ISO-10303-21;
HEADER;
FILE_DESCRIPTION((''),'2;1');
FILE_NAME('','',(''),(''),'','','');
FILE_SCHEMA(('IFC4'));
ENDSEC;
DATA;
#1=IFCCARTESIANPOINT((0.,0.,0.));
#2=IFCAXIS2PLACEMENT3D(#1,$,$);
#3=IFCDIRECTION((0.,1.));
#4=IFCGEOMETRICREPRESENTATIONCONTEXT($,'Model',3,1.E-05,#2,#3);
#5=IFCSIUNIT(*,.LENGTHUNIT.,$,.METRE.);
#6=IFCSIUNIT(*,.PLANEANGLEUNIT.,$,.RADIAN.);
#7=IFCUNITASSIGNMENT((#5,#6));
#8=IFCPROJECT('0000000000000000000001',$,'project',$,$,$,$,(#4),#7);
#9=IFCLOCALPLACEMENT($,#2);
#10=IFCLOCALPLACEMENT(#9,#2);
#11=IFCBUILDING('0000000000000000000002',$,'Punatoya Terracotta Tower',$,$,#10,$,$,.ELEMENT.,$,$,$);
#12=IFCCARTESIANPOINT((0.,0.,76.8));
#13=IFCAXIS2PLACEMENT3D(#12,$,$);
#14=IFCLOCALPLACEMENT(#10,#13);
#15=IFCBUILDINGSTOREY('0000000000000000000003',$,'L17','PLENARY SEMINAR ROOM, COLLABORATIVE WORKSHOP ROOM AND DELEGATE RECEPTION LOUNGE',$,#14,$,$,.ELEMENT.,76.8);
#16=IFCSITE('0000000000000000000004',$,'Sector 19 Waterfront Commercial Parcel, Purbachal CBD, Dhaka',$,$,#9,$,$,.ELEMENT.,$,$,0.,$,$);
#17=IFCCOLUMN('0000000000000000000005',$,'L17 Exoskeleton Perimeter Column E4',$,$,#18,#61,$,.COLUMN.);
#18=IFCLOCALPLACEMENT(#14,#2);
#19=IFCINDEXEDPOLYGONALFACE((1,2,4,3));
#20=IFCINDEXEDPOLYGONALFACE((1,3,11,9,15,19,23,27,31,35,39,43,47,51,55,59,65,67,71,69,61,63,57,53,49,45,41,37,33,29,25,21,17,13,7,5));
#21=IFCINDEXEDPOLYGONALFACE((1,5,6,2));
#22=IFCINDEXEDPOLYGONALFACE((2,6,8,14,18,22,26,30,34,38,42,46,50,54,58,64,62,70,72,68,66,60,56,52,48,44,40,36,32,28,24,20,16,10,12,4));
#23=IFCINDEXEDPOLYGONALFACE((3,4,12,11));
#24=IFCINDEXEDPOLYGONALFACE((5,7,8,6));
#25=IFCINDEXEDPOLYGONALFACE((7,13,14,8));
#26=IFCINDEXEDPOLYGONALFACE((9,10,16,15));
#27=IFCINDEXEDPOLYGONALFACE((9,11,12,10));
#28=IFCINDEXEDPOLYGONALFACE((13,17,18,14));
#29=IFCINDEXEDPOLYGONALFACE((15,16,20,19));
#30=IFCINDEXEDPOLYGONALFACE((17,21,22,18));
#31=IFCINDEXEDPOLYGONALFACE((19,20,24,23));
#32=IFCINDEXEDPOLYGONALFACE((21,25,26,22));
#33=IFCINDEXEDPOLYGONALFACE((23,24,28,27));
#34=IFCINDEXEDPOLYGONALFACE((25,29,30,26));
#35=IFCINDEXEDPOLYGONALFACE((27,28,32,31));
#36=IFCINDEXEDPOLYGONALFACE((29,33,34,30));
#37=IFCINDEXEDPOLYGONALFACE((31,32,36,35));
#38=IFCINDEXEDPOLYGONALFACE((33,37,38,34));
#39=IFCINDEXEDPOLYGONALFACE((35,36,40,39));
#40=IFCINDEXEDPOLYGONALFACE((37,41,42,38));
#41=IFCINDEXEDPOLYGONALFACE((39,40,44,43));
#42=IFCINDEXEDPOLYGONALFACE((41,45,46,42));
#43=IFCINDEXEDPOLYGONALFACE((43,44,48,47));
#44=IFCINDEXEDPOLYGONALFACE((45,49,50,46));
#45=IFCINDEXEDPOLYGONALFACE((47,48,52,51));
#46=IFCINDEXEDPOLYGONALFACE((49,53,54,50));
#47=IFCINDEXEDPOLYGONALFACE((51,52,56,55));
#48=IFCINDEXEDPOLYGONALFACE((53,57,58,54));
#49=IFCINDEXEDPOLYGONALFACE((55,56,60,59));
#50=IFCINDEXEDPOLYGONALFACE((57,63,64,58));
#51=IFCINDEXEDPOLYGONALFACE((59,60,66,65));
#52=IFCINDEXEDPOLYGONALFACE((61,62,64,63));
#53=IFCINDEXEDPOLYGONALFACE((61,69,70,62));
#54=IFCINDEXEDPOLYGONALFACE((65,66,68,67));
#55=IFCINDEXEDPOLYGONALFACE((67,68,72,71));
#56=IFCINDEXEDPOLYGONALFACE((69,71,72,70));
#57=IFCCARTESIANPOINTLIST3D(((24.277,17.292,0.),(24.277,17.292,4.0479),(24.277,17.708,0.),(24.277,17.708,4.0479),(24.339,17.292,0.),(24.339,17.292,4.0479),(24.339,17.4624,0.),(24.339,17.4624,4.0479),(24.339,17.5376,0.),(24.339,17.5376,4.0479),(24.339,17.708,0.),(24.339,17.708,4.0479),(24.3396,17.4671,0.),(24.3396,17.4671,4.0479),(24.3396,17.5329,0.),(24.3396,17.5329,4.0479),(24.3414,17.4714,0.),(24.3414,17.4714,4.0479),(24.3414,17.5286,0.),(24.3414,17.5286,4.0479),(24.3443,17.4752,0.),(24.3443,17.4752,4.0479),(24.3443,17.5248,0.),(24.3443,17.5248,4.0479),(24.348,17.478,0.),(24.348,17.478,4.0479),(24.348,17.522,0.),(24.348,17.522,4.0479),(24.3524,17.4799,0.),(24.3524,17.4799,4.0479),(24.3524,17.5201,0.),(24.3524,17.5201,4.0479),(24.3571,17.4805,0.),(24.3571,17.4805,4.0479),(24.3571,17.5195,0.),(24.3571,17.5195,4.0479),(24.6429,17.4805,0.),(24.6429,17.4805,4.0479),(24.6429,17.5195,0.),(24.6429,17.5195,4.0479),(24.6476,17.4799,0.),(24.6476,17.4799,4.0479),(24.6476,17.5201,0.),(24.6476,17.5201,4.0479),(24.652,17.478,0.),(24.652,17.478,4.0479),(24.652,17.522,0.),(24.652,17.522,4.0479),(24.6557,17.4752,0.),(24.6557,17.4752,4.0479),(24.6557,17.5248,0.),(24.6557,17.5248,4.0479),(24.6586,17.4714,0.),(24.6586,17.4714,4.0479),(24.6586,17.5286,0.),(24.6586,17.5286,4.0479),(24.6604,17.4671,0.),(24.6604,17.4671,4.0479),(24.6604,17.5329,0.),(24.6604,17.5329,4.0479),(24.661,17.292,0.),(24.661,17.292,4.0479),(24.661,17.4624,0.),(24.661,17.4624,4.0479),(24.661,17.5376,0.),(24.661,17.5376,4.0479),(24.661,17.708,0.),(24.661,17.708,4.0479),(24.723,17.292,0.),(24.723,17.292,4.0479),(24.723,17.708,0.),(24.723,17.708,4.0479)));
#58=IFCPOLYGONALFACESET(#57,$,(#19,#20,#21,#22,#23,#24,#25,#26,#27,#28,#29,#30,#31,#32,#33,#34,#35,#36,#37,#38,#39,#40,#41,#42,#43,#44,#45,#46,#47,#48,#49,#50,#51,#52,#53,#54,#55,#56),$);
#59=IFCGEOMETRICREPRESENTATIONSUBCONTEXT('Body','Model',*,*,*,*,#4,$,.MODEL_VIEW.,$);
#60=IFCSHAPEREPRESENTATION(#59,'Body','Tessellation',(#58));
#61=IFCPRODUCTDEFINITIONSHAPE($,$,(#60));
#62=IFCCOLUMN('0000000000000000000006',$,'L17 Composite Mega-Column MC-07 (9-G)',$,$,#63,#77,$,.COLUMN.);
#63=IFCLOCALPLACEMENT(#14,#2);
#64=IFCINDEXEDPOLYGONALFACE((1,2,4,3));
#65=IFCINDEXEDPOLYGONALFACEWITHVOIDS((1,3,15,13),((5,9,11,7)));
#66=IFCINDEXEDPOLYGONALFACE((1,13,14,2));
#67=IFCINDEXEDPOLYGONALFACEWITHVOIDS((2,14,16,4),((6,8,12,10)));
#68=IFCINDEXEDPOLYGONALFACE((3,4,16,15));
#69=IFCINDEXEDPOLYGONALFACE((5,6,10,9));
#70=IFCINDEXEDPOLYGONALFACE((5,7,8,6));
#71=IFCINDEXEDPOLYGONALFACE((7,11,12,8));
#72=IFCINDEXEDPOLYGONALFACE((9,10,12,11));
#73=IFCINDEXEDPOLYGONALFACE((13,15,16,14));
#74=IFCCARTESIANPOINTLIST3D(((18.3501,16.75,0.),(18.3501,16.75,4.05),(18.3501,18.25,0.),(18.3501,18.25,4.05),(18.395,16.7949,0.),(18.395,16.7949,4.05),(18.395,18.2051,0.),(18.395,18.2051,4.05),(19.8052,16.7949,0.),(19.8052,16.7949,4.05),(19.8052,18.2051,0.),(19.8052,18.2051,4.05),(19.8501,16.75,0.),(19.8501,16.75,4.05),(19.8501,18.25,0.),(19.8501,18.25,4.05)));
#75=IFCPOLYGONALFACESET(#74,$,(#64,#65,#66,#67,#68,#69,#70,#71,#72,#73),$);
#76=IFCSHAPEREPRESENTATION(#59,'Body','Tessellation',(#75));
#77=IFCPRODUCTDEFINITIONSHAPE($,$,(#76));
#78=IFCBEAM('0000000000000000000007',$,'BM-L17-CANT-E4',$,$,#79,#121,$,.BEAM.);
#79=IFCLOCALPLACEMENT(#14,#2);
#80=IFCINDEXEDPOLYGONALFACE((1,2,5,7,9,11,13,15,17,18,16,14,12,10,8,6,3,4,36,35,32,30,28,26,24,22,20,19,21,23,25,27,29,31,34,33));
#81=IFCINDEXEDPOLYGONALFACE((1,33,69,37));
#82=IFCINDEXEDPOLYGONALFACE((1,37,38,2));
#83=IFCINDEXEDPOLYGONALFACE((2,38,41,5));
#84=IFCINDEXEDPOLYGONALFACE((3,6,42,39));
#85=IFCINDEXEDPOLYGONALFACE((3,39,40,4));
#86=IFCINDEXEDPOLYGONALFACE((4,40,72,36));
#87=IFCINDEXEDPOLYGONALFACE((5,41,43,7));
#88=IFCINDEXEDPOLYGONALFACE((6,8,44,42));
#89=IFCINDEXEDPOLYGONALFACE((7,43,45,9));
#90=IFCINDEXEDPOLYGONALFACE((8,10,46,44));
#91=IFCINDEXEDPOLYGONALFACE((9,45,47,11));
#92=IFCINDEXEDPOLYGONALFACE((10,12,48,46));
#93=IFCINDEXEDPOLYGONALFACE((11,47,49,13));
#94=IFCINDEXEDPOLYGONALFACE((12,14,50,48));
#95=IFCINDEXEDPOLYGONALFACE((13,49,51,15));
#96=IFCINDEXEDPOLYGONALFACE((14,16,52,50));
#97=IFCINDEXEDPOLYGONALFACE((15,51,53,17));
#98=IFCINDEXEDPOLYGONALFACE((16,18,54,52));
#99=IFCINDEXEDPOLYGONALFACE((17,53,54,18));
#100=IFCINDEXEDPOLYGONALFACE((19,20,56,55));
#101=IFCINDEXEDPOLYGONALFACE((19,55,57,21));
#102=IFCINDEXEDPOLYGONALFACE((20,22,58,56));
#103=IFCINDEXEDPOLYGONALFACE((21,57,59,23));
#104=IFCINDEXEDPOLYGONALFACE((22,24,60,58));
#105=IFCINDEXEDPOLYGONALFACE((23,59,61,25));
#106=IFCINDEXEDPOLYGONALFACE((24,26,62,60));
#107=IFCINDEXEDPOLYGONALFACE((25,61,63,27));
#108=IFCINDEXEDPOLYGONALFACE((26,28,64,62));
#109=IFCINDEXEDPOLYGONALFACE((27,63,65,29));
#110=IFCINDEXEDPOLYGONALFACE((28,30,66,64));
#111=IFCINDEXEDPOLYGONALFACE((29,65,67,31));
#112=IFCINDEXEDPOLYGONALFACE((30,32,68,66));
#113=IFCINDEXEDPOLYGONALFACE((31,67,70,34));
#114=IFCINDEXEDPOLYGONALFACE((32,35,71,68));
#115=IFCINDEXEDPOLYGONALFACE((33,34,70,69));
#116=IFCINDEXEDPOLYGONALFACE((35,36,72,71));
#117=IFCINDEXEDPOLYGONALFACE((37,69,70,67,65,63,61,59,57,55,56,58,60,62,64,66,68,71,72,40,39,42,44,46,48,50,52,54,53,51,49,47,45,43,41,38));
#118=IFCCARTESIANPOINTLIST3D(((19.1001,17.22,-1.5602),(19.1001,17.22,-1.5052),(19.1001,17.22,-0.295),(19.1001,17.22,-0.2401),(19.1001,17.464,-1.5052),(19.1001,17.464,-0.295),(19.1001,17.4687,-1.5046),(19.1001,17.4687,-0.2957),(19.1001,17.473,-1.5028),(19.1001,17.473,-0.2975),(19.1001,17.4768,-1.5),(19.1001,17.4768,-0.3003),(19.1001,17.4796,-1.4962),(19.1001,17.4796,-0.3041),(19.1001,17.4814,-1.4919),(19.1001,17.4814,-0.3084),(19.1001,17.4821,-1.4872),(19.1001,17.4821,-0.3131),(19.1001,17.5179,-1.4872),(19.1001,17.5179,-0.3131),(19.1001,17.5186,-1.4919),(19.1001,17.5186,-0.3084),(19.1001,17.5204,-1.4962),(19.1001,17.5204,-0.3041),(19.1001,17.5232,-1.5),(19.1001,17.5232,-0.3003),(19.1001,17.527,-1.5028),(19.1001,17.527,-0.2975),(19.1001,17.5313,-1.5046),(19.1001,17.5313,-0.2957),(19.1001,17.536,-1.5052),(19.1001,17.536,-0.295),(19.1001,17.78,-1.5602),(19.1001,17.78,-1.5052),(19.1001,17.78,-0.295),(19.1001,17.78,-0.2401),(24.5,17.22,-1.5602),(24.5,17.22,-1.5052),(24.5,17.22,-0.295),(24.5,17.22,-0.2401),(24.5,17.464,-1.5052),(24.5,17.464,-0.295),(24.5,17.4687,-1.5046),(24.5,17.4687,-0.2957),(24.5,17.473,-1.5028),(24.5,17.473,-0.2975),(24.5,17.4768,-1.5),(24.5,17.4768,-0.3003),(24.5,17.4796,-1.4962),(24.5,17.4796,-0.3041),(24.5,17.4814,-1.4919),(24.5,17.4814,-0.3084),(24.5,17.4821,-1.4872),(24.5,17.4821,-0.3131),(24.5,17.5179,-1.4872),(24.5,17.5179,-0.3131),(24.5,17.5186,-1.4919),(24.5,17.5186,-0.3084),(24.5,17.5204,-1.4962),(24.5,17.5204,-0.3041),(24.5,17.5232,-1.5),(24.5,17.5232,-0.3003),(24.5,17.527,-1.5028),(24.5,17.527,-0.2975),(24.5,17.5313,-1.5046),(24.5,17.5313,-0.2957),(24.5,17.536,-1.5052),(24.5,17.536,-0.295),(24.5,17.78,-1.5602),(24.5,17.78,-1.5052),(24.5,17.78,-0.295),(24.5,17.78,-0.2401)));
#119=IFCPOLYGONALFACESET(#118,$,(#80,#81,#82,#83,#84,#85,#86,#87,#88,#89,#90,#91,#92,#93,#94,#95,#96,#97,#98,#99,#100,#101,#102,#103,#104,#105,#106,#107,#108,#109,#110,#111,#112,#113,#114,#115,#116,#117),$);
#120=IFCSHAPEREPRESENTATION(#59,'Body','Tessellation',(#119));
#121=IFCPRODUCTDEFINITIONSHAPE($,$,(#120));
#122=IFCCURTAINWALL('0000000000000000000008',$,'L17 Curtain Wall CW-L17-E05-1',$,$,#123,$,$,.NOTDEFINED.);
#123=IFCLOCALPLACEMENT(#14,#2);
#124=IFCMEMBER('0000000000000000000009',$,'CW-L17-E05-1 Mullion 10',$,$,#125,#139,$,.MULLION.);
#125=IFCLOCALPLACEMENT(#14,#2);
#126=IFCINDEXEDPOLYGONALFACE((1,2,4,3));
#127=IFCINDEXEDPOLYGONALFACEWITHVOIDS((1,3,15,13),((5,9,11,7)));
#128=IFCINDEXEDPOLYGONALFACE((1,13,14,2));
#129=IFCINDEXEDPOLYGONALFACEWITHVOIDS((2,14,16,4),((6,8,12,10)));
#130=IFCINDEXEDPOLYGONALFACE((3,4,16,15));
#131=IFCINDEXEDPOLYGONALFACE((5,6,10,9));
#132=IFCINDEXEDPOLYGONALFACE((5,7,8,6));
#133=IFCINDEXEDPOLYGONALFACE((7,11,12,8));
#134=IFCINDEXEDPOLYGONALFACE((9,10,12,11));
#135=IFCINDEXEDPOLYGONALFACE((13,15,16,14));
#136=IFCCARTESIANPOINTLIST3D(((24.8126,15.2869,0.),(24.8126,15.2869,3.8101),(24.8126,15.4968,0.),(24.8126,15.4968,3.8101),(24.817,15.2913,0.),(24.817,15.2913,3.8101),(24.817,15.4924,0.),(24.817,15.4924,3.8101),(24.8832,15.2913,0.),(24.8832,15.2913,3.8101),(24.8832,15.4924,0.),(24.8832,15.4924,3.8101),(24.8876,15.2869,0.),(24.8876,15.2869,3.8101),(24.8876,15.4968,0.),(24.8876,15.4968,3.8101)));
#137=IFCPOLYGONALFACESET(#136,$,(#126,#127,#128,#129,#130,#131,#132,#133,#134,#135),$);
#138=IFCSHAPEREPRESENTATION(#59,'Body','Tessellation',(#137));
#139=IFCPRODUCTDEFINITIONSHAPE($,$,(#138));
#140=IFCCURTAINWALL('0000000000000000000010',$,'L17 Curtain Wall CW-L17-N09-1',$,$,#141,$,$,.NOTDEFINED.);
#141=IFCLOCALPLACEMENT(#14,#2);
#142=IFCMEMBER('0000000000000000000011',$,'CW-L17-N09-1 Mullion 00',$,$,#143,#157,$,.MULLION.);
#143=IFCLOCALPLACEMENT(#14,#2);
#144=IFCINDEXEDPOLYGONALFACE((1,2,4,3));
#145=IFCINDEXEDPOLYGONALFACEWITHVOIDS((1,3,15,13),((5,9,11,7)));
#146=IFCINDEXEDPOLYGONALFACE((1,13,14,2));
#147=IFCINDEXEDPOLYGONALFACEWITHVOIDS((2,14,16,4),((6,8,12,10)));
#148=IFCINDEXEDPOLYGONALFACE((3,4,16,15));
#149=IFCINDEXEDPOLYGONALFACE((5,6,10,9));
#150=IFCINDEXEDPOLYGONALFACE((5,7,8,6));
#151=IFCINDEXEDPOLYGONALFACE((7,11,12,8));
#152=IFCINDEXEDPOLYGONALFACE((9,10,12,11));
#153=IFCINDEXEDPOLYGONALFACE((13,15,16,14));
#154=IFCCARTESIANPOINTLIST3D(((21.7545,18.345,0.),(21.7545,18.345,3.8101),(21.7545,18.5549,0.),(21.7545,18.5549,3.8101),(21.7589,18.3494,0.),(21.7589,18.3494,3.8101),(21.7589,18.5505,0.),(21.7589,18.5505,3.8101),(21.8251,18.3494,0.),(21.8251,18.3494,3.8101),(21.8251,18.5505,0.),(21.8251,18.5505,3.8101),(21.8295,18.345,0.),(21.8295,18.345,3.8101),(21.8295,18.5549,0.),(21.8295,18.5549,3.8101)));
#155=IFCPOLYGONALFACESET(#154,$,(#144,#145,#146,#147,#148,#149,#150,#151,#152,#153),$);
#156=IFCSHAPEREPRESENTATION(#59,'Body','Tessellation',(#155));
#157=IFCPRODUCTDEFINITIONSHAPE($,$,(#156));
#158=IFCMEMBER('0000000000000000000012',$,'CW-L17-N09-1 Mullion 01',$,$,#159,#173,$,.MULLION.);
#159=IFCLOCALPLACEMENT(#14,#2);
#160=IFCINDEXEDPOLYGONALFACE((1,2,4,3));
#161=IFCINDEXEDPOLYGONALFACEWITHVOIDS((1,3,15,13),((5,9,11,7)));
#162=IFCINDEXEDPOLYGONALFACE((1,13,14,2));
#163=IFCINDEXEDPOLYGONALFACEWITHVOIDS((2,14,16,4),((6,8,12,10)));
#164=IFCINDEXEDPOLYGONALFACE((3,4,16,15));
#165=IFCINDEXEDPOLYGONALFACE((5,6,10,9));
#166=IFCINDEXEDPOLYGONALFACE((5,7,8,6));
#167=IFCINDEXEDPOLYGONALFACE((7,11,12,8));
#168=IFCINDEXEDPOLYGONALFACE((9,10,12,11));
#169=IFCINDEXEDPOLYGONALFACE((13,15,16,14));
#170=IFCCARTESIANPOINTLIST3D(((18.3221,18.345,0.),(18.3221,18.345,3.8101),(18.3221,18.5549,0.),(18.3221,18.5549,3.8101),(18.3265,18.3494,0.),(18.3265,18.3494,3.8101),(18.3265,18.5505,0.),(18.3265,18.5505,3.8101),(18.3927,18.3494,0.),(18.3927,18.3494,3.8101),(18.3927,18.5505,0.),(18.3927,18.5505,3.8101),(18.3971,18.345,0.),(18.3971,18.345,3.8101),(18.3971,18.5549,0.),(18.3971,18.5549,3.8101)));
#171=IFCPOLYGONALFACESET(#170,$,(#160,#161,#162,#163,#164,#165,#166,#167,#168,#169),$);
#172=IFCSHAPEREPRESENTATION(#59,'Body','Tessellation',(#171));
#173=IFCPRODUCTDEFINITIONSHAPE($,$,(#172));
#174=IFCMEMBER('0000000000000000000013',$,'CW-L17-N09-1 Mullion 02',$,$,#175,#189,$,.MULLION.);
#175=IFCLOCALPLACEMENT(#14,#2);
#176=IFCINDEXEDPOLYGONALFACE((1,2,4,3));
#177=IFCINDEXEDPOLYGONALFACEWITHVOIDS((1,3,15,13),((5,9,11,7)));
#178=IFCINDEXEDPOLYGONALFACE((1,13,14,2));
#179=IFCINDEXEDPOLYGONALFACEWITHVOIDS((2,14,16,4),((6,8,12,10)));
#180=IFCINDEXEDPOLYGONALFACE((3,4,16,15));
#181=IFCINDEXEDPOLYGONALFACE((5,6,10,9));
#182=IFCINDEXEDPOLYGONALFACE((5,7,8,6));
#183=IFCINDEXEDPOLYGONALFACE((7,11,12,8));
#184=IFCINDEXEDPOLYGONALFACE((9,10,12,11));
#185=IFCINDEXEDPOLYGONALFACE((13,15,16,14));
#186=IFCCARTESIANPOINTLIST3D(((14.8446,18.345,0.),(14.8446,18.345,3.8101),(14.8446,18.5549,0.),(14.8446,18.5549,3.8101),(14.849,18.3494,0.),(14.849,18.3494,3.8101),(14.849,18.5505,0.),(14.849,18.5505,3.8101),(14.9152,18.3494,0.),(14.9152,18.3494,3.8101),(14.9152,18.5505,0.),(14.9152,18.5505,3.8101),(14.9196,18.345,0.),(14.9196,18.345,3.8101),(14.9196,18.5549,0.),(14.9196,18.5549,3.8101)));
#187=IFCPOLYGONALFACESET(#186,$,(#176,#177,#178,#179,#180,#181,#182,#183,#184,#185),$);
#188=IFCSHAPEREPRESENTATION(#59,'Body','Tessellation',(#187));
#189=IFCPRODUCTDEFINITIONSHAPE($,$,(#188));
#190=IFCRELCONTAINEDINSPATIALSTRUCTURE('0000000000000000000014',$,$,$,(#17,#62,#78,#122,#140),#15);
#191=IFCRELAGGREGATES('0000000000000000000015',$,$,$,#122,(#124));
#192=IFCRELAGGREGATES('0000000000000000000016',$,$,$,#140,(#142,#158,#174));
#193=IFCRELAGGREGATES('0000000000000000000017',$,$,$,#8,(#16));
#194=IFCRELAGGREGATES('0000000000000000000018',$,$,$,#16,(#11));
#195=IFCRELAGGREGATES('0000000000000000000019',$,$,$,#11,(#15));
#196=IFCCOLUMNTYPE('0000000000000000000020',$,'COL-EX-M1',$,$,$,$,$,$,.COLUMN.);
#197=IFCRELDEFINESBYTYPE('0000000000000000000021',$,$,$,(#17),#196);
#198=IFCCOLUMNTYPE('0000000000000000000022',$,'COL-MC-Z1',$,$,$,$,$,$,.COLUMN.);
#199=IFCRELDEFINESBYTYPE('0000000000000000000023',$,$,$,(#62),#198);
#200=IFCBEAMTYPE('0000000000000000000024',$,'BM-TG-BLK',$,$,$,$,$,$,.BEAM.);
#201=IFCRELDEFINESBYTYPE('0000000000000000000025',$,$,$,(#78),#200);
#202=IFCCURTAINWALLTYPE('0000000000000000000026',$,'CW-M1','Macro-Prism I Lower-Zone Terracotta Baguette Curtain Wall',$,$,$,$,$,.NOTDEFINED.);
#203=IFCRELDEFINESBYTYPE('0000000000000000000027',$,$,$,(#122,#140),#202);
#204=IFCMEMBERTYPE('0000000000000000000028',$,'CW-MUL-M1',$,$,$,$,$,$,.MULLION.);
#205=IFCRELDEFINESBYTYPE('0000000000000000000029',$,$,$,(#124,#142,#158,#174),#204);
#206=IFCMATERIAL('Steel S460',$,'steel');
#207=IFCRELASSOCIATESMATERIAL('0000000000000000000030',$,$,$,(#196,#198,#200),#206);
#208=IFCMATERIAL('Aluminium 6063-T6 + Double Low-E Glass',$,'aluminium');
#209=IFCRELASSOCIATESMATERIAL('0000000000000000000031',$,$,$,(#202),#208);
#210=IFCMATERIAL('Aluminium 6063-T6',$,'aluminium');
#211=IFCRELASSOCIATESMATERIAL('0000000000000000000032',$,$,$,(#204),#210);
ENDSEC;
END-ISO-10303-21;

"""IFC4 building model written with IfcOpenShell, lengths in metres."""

from ifc_helpers import new_model, si_unit, direction, frame, origin, origin_2d, place, context, subcontext, project, spatial, hollow_rectangle, i_section, extrude, material, material_profile, profile_set, type_object, element, aggregate, save


model = new_model("IFC4")

# Units and contexts
model_context = context("Model", 3, precision=1e-05, world=origin(), true_north=direction((0.0, 1.0)))
body_context = subcontext(model_context, "Body", "Model", "MODEL_VIEW")
ifc_project = project(units=[si_unit("LENGTHUNIT", "METRE"), si_unit("PLANEANGLEUNIT", "RADIAN")], contexts=[model_context])

# Site, building, storey
site_placement = place(None, origin())
site = spatial("IfcSite", under=ifc_project, at=site_placement, Name="Sector 19 Waterfront Commercial Parcel, Purbachal CBD, Dhaka", CompositionType="ELEMENT", RefElevation=0.0)
building_placement = place(site_placement, origin())
building = spatial("IfcBuilding", under=site, at=building_placement, Name="Punatoya Terracotta Tower", CompositionType="ELEMENT")
storey_placement = place(building_placement, frame((0.0, 0.0, 76.8)))
storey = spatial("IfcBuildingStorey", under=building, at=storey_placement, Name="L17", Description="PLENARY SEMINAR ROOM, COLLABORATIVE WORKSHOP ROOM AND DELEGATE RECEPTION LOUNGE", CompositionType="ELEMENT", Elevation=76.8)

# Columns
ifc_material_1 = material(Name="Steel S460", Category="steel")
ifc_material_profile_1 = material_profile(ifc_material_1, i_section(OverallWidth=0.416, OverallDepth=0.446, WebThickness=0.0391, FlangeThickness=0.062, FilletRadius=0.0181, at=origin_2d()))
ifc_profile_set_1 = profile_set([ifc_material_profile_1], Name="Steel S460")
column_type_1 = type_object("IfcColumnType", Name="COL-EX-M1", PredefinedType="COLUMN", material=ifc_profile_set_1)
column_1_placement = place(storey_placement, frame((24.5, 17.5, 0.0), z_axis=(0.0, 0.0, 1.0), x_axis=(0.0, 1.0, 0.0)))
element("IfcColumn", 1, at=column_1_placement, inside=storey, type_object=column_type_1, Name="L17 Exoskeleton Perimeter Column E4", PredefinedType="COLUMN", context=body_context, shape_type="SweptSolid", body=[
    extrude(i_section(OverallWidth=0.416, OverallDepth=0.446, WebThickness=0.0391, FlangeThickness=0.062, FilletRadius=0.0181, at=origin_2d()), origin(), (0.0, 0.0, 1.0), 4.0479),
])
ifc_material_profile_2 = material_profile(ifc_material_1, hollow_rectangle(XDim=1.5, YDim=1.5, WallThickness=0.0449, at=origin_2d()))
ifc_profile_set_2 = profile_set([ifc_material_profile_2], Name="Steel S460")
column_type_2 = type_object("IfcColumnType", Name="COL-MC-Z1", PredefinedType="COLUMN", material=ifc_profile_set_2)
column_2_placement = place(storey_placement, frame((19.1001, 17.5, 0.0), z_axis=(0.0, 0.0, 1.0), x_axis=(1.0, 0.0, 0.0)))
element("IfcColumn", 2, at=column_2_placement, inside=storey, type_object=column_type_2, Name="L17 Composite Mega-Column MC-07 (9-G)", PredefinedType="COLUMN", context=body_context, shape_type="SweptSolid", body=[
    extrude(hollow_rectangle(XDim=1.5, YDim=1.5, WallThickness=0.0449, at=origin_2d()), origin(), (0.0, 0.0, 1.0), 4.05),
])

# Beam
ifc_material_profile_3 = material_profile(ifc_material_1, i_section(OverallWidth=0.5601, OverallDepth=1.3201, WebThickness=0.0359, FlangeThickness=0.0549, FilletRadius=0.0181, at=origin_2d()))
ifc_profile_set_3 = profile_set([ifc_material_profile_3], Name="Steel S460")
beam_type = type_object("IfcBeamType", Name="BM-TG-BLK", PredefinedType="BEAM", material=ifc_profile_set_3)
beam_placement = place(storey_placement, frame((19.1001, 17.5, -0.9001), z_axis=(1.0, 0.0, 0.0), x_axis=(0.0, 1.0, 0.0)))
element("IfcBeam", 3, at=beam_placement, inside=storey, type_object=beam_type, Name="BM-L17-CANT-E4", PredefinedType="BEAM", context=body_context, shape_type="SweptSolid", body=[
    extrude(i_section(OverallWidth=0.5601, OverallDepth=1.3201, WebThickness=0.0359, FlangeThickness=0.0549, FilletRadius=0.0181, at=origin_2d()), origin(), (0.0, 0.0, 1.0), 5.3999),
])

# Curtain wall, member
ifc_material_2 = material(Name="Aluminium 6063-T6 + Double Low-E Glass", Category="aluminium")
curtain_wall_type = type_object("IfcCurtainWallType", Name="CW-M1", Description="Macro-Prism I Lower-Zone Terracotta Baguette Curtain Wall", PredefinedType="NOTDEFINED", material=ifc_material_2)
curtain_wall_1_placement = place(storey_placement, origin())
curtain_wall_1 = element("IfcCurtainWall", 4, at=curtain_wall_1_placement, inside=storey, type_object=curtain_wall_type, Name="L17 Curtain Wall CW-L17-E05-1", PredefinedType="NOTDEFINED")
ifc_material_3 = material(Name="Aluminium 6063-T6", Category="aluminium")
ifc_material_profile_4 = material_profile(ifc_material_3, hollow_rectangle(XDim=0.075, YDim=0.21, WallThickness=0.0044, at=origin_2d()))
ifc_profile_set_4 = profile_set([ifc_material_profile_4], Name="Aluminium 6063-T6")
member_type_1 = type_object("IfcMemberType", Name="CW-MUL-M1", PredefinedType="MULLION", material=ifc_profile_set_4)
member_1_placement = place(storey_placement, frame((24.8501, 15.3918, 0.0), z_axis=(0.0, 0.0, 1.0), x_axis=(1.0, 0.0, 0.0)))
member_1 = element("IfcMember", 5, at=member_1_placement, type_object=member_type_1, Name="CW-L17-E05-1 Mullion 10", PredefinedType="MULLION", context=body_context, shape_type="SweptSolid", body=[
    extrude(hollow_rectangle(XDim=0.075, YDim=0.21, WallThickness=0.0044, at=origin_2d()), origin(), (0.0, 0.0, 1.0), 3.8101),
])
aggregate(curtain_wall_1, [member_1])

# Curtain wall, members
curtain_wall_2_placement = place(storey_placement, origin())
curtain_wall_2 = element("IfcCurtainWall", 6, at=curtain_wall_2_placement, inside=storey, type_object=curtain_wall_type, Name="L17 Curtain Wall CW-L17-N09-1", PredefinedType="NOTDEFINED")
member_2_placement = place(storey_placement, frame((21.792, 18.45, 0.0), z_axis=(0.0, 0.0, 1.0), x_axis=(1.0, 0.0, 0.0)))
member_2 = element("IfcMember", 7, at=member_2_placement, type_object=member_type_1, Name="CW-L17-N09-1 Mullion 00", PredefinedType="MULLION", context=body_context, shape_type="SweptSolid", body=[
    extrude(hollow_rectangle(XDim=0.075, YDim=0.21, WallThickness=0.0044, at=origin_2d()), origin(), (0.0, 0.0, 1.0), 3.8101),
])
member_3_placement = place(storey_placement, frame((18.3596, 18.45, 0.0), z_axis=(0.0, 0.0, 1.0), x_axis=(1.0, 0.0, 0.0)))
member_3 = element("IfcMember", 8, at=member_3_placement, type_object=member_type_1, Name="CW-L17-N09-1 Mullion 01", PredefinedType="MULLION", context=body_context, shape_type="SweptSolid", body=[
    extrude(hollow_rectangle(XDim=0.075, YDim=0.21, WallThickness=0.0044, at=origin_2d()), origin(), (0.0, 0.0, 1.0), 3.8101),
])
member_4_placement = place(storey_placement, frame((14.8821, 18.45, 0.0), z_axis=(0.0, 0.0, 1.0), x_axis=(1.0, 0.0, 0.0)))
member_4 = element("IfcMember", 9, at=member_4_placement, type_object=member_type_1, Name="CW-L17-N09-1 Mullion 02", PredefinedType="MULLION", context=body_context, shape_type="SweptSolid", body=[
    extrude(hollow_rectangle(XDim=0.075, YDim=0.21, WallThickness=0.0044, at=origin_2d()), origin(), (0.0, 0.0, 1.0), 3.8101),
])
aggregate(curtain_wall_2, [member_2, member_3, member_4])

save(model, "model.ifc")
